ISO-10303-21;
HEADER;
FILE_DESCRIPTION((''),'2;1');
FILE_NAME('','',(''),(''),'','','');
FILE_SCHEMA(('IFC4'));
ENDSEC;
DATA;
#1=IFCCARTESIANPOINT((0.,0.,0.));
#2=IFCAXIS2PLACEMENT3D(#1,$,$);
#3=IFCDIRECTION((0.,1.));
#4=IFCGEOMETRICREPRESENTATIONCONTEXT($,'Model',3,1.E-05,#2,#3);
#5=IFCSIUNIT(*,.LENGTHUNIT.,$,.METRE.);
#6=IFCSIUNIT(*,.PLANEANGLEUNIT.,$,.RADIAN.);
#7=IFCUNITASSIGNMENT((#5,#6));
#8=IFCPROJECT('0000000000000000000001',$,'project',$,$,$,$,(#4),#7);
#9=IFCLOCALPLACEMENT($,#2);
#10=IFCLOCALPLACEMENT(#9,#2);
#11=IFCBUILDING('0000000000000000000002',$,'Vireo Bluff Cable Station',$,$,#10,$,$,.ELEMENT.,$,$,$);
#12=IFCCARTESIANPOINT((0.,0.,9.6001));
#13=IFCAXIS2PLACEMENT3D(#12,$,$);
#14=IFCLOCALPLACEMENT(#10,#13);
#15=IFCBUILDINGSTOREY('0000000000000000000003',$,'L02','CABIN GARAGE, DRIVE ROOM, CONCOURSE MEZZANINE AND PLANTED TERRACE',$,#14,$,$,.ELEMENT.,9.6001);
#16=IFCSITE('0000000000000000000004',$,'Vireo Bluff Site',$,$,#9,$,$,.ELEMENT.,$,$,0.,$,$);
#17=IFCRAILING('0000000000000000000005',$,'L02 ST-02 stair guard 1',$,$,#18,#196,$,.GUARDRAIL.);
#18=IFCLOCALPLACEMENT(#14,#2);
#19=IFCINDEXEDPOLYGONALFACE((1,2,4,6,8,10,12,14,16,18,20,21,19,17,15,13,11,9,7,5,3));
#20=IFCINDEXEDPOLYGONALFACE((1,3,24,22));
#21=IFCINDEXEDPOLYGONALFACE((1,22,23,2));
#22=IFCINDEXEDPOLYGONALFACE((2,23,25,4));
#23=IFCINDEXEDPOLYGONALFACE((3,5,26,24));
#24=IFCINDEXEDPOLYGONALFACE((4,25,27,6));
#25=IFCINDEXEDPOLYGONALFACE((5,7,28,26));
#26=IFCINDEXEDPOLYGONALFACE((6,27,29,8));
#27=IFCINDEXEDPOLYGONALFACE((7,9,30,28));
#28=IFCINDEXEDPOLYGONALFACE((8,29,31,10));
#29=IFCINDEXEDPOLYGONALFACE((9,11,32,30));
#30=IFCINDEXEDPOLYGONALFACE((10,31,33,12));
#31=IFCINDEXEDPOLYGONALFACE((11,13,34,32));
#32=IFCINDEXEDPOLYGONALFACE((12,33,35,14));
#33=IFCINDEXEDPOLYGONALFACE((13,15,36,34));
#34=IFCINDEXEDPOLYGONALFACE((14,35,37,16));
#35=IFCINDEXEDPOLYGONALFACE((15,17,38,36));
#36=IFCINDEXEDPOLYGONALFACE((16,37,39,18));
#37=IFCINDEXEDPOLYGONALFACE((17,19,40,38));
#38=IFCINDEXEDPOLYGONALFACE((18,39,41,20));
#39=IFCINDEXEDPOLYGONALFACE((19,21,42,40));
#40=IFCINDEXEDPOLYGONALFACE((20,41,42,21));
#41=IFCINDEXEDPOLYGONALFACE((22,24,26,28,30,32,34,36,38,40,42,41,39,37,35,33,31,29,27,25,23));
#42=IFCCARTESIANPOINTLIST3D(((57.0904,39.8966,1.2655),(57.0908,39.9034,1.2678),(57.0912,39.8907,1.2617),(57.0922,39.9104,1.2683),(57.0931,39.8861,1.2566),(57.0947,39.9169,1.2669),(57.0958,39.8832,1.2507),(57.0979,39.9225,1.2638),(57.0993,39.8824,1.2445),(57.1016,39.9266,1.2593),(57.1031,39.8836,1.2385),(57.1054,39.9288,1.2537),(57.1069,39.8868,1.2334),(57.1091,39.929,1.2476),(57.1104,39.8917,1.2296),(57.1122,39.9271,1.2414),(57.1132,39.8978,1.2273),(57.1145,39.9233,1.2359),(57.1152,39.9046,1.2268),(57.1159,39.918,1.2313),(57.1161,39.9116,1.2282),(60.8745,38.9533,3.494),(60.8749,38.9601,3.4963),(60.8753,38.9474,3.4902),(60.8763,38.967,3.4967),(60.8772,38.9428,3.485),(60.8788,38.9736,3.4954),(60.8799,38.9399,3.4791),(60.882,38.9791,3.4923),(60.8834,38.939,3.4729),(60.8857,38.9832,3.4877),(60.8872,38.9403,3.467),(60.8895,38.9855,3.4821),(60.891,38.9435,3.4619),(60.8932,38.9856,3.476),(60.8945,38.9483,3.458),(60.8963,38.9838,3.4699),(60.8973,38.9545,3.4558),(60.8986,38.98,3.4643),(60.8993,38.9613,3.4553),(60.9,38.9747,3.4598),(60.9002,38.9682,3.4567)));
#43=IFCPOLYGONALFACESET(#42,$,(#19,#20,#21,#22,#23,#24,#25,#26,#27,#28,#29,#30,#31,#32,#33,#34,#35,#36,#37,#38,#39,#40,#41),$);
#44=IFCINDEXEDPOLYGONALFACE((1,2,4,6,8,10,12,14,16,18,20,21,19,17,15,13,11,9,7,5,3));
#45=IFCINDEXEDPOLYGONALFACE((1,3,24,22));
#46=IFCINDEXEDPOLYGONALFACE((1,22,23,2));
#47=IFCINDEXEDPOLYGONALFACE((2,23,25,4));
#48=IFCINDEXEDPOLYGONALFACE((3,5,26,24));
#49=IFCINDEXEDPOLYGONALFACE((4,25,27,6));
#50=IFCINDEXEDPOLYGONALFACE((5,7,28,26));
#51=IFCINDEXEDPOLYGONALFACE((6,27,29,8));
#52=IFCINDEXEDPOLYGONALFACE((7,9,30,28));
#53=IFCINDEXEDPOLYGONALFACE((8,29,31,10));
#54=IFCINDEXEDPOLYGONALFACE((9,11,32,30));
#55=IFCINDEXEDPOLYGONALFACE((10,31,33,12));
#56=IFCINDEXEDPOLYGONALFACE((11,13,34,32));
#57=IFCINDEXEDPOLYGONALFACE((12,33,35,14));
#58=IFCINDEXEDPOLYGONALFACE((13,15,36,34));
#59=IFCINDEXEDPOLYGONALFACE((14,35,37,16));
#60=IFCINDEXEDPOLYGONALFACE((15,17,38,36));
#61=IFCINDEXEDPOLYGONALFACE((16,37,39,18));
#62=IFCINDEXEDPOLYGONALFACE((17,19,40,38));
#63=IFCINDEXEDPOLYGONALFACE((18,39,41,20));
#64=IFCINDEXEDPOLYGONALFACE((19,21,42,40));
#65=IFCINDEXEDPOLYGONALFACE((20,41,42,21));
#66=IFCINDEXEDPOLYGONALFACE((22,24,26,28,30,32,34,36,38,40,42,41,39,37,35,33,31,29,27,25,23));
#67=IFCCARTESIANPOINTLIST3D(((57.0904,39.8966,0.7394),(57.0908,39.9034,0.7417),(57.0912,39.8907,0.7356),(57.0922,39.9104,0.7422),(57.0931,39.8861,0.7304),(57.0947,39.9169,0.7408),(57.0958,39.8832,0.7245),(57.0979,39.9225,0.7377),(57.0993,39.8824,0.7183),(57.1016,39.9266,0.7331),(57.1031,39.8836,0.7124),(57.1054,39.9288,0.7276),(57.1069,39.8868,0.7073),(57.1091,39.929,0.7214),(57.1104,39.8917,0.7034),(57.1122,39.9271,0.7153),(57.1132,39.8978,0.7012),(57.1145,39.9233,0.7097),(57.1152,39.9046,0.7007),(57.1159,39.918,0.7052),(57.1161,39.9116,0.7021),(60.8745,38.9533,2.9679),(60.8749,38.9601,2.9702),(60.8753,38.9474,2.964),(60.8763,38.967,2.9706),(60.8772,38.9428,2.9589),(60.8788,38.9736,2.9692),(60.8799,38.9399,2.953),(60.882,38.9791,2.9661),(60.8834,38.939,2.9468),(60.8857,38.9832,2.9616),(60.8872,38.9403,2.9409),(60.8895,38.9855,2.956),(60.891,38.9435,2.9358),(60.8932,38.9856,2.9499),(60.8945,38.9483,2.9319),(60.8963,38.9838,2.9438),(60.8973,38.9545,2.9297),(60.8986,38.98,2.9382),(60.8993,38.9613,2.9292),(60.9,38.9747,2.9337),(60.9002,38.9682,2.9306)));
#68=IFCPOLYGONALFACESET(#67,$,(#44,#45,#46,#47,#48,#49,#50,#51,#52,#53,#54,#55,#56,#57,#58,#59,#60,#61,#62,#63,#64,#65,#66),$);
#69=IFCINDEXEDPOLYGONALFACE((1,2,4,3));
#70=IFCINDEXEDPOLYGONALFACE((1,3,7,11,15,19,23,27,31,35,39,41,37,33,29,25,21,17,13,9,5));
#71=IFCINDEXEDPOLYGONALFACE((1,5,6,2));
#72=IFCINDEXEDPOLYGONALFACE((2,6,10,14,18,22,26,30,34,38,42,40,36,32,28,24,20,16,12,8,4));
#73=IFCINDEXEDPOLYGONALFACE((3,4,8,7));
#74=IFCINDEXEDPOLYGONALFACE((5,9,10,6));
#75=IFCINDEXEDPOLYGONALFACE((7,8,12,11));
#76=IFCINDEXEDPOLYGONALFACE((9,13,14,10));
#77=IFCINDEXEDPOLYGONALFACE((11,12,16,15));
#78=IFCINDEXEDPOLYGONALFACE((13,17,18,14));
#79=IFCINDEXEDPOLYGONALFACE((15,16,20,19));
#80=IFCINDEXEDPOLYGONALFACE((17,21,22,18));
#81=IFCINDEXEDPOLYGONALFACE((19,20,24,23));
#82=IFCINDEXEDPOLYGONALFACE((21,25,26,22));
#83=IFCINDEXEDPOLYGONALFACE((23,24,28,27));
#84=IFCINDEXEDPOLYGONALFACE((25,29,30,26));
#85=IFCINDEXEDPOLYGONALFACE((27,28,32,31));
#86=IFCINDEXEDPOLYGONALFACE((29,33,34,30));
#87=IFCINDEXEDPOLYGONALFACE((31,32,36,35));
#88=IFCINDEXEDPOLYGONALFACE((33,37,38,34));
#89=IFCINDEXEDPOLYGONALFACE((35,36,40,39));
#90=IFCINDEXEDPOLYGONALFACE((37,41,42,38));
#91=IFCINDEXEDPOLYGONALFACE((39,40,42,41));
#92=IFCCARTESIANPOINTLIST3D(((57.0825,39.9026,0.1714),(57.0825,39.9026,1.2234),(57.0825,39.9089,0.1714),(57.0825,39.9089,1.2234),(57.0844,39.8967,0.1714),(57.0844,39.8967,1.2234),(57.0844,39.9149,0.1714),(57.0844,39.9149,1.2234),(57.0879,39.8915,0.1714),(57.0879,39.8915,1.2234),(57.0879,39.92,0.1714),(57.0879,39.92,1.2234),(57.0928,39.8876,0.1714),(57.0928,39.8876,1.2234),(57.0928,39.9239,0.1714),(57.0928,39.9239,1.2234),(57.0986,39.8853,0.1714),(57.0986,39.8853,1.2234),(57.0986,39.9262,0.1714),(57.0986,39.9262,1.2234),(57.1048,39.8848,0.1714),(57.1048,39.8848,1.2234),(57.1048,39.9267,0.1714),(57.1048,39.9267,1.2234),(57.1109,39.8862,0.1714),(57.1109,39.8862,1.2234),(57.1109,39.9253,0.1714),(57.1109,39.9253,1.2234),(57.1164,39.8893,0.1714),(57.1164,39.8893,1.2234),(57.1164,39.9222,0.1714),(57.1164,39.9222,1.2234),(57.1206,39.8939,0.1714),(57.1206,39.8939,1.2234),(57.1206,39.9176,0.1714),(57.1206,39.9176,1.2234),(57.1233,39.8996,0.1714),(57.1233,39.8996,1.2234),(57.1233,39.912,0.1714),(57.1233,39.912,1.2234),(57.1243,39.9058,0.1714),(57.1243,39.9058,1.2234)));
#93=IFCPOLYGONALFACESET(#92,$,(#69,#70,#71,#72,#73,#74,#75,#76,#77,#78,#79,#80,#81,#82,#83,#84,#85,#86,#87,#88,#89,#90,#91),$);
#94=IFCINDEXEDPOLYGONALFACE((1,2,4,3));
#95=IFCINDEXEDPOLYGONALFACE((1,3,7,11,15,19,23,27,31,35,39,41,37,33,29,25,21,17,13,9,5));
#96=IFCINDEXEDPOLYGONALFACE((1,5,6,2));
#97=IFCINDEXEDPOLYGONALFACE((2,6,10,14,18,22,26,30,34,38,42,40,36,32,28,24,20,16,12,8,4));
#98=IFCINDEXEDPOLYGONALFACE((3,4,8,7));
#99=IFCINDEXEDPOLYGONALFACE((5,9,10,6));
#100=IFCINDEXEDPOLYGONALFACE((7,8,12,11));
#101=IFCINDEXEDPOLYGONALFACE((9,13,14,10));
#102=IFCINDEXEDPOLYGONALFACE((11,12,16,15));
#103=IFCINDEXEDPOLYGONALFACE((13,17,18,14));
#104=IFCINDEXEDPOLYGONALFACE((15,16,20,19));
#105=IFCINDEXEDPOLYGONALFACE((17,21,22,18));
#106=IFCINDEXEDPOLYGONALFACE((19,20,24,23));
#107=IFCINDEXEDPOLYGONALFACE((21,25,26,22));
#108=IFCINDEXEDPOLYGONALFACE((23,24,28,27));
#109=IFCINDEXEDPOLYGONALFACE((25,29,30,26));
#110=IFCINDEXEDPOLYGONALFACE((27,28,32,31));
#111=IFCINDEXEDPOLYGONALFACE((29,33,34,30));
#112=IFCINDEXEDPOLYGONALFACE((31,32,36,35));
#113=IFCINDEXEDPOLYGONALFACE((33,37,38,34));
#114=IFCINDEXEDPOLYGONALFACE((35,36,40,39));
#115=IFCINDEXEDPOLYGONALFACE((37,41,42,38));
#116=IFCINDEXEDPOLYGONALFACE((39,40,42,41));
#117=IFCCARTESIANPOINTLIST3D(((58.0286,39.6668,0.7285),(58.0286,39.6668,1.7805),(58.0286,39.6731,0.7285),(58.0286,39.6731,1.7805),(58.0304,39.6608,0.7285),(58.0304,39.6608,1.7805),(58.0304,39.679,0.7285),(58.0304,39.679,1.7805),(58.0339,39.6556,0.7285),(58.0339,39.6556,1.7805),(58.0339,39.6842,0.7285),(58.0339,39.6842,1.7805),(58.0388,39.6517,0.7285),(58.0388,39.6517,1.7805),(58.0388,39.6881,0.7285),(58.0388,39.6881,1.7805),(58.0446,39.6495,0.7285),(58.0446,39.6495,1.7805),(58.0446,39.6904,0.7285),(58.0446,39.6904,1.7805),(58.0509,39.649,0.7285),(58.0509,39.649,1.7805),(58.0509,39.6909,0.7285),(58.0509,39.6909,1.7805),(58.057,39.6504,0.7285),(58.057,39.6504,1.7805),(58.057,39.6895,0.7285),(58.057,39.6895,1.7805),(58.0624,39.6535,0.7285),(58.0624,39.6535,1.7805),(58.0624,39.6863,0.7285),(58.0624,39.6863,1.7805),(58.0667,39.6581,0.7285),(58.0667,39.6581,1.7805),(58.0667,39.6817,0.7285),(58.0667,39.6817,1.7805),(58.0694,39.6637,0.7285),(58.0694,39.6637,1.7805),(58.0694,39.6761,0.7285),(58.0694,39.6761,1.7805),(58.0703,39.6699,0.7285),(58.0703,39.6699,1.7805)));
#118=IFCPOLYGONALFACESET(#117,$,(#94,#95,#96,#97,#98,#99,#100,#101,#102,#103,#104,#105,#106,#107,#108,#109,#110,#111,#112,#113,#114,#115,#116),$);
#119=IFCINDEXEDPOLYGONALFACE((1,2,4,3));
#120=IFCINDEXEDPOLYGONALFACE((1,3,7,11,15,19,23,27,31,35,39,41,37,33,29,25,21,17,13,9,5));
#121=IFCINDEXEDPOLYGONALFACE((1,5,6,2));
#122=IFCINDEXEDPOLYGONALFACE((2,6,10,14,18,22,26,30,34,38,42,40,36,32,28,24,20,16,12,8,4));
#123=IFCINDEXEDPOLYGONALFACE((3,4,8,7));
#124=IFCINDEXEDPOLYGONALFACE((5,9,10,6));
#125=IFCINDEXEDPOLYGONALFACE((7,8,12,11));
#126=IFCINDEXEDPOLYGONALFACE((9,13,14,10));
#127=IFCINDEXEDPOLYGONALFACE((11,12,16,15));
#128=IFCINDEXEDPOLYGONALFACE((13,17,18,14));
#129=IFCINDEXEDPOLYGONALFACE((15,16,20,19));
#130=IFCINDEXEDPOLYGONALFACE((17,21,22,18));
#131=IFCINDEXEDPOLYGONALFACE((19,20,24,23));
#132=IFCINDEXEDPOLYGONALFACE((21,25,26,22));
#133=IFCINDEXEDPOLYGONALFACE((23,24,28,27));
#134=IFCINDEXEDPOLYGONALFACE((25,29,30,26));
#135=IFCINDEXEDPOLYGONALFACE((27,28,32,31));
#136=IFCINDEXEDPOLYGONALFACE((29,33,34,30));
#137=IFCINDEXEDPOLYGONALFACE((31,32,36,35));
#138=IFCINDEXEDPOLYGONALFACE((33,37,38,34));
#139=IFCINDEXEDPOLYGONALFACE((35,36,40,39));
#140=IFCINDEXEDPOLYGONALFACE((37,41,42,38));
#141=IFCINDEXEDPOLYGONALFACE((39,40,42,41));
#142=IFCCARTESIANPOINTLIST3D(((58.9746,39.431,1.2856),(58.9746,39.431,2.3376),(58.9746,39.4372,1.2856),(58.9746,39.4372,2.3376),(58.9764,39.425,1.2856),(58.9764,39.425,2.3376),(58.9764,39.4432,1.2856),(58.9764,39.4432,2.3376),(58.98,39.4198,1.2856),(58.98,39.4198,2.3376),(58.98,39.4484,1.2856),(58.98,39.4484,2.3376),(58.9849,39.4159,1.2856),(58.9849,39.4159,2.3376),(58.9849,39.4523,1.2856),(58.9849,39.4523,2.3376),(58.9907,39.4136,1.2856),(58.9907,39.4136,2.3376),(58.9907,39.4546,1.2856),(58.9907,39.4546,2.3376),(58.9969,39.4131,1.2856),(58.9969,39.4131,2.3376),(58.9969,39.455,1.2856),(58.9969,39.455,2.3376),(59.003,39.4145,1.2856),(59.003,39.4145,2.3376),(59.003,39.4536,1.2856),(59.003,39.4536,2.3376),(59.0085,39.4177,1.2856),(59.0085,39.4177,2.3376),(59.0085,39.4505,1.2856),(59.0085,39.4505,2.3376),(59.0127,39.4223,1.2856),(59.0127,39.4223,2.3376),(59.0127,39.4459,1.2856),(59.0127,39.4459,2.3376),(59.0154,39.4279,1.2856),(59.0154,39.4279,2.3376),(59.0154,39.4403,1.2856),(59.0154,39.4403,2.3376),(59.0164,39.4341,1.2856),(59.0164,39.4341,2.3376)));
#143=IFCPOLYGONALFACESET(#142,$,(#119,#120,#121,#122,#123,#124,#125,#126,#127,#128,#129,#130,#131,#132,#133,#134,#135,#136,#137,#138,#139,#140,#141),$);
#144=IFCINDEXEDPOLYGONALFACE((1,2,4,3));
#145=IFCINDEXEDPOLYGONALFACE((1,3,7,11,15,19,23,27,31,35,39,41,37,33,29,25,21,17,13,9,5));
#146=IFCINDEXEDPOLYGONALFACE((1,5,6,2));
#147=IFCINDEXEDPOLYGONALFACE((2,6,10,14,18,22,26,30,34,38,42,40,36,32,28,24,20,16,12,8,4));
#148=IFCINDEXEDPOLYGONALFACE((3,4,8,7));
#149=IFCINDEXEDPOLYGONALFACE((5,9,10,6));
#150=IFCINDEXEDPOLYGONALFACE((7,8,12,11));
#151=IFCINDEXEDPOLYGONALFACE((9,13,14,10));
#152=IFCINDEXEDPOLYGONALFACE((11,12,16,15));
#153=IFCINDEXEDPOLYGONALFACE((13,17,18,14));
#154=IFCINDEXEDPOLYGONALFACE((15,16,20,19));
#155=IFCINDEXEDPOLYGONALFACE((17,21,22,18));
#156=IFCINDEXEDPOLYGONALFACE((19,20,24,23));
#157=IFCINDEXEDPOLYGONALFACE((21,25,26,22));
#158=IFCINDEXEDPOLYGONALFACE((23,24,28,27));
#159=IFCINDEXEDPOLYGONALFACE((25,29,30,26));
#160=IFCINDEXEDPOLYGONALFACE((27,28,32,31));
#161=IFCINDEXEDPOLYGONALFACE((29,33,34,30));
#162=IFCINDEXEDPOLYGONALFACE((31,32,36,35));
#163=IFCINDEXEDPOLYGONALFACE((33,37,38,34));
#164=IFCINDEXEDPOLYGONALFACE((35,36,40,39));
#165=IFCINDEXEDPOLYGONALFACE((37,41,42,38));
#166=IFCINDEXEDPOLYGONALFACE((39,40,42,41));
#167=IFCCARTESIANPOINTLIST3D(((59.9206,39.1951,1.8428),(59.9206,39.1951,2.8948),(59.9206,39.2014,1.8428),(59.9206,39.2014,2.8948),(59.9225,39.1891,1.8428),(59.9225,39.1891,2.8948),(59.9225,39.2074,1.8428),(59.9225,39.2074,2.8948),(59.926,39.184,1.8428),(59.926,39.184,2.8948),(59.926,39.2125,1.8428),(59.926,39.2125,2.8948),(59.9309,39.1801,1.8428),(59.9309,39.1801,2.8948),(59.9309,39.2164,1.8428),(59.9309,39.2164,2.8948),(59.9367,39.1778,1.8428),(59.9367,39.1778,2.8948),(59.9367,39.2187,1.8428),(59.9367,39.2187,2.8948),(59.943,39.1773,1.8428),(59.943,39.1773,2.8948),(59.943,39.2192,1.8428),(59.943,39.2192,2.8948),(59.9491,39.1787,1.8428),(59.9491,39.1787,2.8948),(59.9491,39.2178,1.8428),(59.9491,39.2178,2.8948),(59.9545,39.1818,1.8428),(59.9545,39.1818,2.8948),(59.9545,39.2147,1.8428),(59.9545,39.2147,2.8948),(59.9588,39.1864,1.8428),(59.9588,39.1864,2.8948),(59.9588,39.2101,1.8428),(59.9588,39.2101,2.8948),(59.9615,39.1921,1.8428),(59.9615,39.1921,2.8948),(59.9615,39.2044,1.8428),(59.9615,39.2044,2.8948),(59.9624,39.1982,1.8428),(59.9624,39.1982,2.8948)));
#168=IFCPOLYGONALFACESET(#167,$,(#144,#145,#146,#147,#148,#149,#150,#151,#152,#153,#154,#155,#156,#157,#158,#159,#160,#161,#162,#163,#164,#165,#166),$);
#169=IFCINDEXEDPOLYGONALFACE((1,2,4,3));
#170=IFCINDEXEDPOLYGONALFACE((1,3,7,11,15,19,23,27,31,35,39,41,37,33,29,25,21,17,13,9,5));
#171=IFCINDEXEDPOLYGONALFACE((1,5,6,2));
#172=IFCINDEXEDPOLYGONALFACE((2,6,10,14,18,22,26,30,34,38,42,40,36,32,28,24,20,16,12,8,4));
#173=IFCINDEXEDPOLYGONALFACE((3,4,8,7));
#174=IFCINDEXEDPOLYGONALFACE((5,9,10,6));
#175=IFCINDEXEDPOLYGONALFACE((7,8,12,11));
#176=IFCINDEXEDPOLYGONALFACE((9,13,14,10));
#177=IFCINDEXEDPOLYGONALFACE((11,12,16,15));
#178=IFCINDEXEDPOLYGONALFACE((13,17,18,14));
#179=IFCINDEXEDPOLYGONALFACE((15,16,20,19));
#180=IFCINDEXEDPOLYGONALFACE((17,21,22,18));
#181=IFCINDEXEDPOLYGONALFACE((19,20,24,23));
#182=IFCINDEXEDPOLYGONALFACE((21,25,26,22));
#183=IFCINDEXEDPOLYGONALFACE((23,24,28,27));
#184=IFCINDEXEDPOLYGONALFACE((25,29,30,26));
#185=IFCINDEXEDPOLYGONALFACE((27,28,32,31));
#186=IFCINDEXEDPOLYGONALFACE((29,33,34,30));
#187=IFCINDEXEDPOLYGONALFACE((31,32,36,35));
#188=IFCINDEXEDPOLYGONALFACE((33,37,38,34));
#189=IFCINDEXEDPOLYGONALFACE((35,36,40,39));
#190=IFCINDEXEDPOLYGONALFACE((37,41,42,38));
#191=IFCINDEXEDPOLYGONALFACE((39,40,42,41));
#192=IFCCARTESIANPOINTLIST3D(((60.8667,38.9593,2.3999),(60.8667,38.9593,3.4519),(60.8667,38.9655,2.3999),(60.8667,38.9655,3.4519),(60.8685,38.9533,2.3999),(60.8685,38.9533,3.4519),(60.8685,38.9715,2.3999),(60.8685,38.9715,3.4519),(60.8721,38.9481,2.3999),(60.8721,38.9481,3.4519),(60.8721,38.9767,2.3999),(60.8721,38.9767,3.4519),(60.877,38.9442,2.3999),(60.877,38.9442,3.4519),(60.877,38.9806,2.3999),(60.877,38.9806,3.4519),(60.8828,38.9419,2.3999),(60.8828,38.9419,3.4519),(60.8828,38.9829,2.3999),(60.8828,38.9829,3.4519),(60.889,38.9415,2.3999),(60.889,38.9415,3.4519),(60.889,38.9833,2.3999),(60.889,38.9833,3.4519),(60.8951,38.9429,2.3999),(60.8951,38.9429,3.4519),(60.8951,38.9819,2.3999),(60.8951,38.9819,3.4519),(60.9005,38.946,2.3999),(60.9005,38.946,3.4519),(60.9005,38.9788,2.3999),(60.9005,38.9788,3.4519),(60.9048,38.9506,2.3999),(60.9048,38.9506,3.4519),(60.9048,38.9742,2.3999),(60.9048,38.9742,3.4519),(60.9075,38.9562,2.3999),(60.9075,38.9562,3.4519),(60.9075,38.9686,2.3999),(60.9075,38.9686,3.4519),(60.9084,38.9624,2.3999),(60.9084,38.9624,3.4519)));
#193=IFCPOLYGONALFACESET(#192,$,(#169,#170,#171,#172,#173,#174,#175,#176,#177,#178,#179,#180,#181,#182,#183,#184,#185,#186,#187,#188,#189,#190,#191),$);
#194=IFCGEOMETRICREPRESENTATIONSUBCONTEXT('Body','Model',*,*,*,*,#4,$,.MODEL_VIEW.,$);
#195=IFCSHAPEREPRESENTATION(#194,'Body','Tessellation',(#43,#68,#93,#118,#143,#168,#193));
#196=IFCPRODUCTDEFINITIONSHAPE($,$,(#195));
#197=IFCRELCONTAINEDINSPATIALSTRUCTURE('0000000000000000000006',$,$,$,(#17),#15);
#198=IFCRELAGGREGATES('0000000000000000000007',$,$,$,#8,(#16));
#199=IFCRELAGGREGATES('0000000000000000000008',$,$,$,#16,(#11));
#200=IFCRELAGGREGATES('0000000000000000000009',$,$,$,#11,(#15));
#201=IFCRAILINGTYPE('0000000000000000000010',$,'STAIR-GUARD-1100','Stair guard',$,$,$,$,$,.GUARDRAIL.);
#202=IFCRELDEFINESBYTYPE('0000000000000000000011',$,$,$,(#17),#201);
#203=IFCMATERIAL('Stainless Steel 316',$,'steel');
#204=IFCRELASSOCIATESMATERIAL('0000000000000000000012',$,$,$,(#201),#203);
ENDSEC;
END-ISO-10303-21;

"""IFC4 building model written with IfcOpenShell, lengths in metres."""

from ifc_helpers import new_model, si_unit, direction, frame, origin, origin_2d, place, context, subcontext, project, spatial, circle, extrude, material, type_object, element, save


model = new_model("IFC4")

# Units and contexts
model_context = context("Model", 3, precision=1e-05, world=origin(), true_north=direction((0.0, 1.0)))
body_context = subcontext(model_context, "Body", "Model", "MODEL_VIEW")
ifc_project = project(units=[si_unit("LENGTHUNIT", "METRE"), si_unit("PLANEANGLEUNIT", "RADIAN")], contexts=[model_context])

# Site, building, storey
site_placement = place(None, origin())
site = spatial("IfcSite", under=ifc_project, at=site_placement, Name="Vireo Bluff Site", CompositionType="ELEMENT", RefElevation=0.0)
building_placement = place(site_placement, origin())
building = spatial("IfcBuilding", under=site, at=building_placement, Name="Vireo Bluff Cable Station", CompositionType="ELEMENT")
storey_placement = place(building_placement, frame((0.0, 0.0, 9.6001)))
storey = spatial("IfcBuildingStorey", under=building, at=storey_placement, Name="L02", Description="CABIN GARAGE, DRIVE ROOM, CONCOURSE MEZZANINE AND PLANTED TERRACE", CompositionType="ELEMENT", Elevation=9.6001)

# Shared definitions
ifc_material_1 = material(Name="Stainless Steel 316", Category="steel")

# Railing
railing_type_1 = type_object("IfcRailingType", Name="STAIR-GUARD-1100", Description="Stair guard", PredefinedType="GUARDRAIL", material=ifc_material_1)
railing_1_placement = place(storey_placement, frame((57.1033, 39.9058, 0.1714)))
element("IfcRailing", 1, at=railing_1_placement, inside=storey, type_object=railing_type_1, Name="L02 ST-02 stair guard 1", PredefinedType="GUARDRAIL", context=body_context, shape_type="SweptSolid", body=[
    extrude(circle(Radius=0.0239, at=origin_2d()), frame((0.0, 0.0, 1.0762), z_axis=(0.842465, -0.210018, 0.49613), x_axis=(0.241887, 0.970304, 0.0)), (0.0, 0.0, 1.0), 4.4917),
    extrude(circle(Radius=0.0239, at=origin_2d()), frame((0.0, 0.0, 0.55), z_axis=(0.842465, -0.210018, 0.49613), x_axis=(0.241887, 0.970304, 0.0)), (0.0, 0.0, 1.0), 4.4917),
    extrude(circle(Radius=0.021, at=origin_2d()), origin(), (0.0, 0.0, 1.0), 1.052),
    extrude(circle(Radius=0.021, at=origin_2d()), frame((0.946, -0.2358, 0.5571)), (0.0, 0.0, 1.0), 1.052),
    extrude(circle(Radius=0.021, at=origin_2d()), frame((1.8921, -0.4717, 1.1143)), (0.0, 0.0, 1.0), 1.052),
    extrude(circle(Radius=0.021, at=origin_2d()), frame((2.8381, -0.7075, 1.6714)), (0.0, 0.0, 1.0), 1.052),
    extrude(circle(Radius=0.021, at=origin_2d()), frame((3.7842, -0.9434, 2.2285)), (0.0, 0.0, 1.0), 1.052),
])

save(model, "model.ifc")
